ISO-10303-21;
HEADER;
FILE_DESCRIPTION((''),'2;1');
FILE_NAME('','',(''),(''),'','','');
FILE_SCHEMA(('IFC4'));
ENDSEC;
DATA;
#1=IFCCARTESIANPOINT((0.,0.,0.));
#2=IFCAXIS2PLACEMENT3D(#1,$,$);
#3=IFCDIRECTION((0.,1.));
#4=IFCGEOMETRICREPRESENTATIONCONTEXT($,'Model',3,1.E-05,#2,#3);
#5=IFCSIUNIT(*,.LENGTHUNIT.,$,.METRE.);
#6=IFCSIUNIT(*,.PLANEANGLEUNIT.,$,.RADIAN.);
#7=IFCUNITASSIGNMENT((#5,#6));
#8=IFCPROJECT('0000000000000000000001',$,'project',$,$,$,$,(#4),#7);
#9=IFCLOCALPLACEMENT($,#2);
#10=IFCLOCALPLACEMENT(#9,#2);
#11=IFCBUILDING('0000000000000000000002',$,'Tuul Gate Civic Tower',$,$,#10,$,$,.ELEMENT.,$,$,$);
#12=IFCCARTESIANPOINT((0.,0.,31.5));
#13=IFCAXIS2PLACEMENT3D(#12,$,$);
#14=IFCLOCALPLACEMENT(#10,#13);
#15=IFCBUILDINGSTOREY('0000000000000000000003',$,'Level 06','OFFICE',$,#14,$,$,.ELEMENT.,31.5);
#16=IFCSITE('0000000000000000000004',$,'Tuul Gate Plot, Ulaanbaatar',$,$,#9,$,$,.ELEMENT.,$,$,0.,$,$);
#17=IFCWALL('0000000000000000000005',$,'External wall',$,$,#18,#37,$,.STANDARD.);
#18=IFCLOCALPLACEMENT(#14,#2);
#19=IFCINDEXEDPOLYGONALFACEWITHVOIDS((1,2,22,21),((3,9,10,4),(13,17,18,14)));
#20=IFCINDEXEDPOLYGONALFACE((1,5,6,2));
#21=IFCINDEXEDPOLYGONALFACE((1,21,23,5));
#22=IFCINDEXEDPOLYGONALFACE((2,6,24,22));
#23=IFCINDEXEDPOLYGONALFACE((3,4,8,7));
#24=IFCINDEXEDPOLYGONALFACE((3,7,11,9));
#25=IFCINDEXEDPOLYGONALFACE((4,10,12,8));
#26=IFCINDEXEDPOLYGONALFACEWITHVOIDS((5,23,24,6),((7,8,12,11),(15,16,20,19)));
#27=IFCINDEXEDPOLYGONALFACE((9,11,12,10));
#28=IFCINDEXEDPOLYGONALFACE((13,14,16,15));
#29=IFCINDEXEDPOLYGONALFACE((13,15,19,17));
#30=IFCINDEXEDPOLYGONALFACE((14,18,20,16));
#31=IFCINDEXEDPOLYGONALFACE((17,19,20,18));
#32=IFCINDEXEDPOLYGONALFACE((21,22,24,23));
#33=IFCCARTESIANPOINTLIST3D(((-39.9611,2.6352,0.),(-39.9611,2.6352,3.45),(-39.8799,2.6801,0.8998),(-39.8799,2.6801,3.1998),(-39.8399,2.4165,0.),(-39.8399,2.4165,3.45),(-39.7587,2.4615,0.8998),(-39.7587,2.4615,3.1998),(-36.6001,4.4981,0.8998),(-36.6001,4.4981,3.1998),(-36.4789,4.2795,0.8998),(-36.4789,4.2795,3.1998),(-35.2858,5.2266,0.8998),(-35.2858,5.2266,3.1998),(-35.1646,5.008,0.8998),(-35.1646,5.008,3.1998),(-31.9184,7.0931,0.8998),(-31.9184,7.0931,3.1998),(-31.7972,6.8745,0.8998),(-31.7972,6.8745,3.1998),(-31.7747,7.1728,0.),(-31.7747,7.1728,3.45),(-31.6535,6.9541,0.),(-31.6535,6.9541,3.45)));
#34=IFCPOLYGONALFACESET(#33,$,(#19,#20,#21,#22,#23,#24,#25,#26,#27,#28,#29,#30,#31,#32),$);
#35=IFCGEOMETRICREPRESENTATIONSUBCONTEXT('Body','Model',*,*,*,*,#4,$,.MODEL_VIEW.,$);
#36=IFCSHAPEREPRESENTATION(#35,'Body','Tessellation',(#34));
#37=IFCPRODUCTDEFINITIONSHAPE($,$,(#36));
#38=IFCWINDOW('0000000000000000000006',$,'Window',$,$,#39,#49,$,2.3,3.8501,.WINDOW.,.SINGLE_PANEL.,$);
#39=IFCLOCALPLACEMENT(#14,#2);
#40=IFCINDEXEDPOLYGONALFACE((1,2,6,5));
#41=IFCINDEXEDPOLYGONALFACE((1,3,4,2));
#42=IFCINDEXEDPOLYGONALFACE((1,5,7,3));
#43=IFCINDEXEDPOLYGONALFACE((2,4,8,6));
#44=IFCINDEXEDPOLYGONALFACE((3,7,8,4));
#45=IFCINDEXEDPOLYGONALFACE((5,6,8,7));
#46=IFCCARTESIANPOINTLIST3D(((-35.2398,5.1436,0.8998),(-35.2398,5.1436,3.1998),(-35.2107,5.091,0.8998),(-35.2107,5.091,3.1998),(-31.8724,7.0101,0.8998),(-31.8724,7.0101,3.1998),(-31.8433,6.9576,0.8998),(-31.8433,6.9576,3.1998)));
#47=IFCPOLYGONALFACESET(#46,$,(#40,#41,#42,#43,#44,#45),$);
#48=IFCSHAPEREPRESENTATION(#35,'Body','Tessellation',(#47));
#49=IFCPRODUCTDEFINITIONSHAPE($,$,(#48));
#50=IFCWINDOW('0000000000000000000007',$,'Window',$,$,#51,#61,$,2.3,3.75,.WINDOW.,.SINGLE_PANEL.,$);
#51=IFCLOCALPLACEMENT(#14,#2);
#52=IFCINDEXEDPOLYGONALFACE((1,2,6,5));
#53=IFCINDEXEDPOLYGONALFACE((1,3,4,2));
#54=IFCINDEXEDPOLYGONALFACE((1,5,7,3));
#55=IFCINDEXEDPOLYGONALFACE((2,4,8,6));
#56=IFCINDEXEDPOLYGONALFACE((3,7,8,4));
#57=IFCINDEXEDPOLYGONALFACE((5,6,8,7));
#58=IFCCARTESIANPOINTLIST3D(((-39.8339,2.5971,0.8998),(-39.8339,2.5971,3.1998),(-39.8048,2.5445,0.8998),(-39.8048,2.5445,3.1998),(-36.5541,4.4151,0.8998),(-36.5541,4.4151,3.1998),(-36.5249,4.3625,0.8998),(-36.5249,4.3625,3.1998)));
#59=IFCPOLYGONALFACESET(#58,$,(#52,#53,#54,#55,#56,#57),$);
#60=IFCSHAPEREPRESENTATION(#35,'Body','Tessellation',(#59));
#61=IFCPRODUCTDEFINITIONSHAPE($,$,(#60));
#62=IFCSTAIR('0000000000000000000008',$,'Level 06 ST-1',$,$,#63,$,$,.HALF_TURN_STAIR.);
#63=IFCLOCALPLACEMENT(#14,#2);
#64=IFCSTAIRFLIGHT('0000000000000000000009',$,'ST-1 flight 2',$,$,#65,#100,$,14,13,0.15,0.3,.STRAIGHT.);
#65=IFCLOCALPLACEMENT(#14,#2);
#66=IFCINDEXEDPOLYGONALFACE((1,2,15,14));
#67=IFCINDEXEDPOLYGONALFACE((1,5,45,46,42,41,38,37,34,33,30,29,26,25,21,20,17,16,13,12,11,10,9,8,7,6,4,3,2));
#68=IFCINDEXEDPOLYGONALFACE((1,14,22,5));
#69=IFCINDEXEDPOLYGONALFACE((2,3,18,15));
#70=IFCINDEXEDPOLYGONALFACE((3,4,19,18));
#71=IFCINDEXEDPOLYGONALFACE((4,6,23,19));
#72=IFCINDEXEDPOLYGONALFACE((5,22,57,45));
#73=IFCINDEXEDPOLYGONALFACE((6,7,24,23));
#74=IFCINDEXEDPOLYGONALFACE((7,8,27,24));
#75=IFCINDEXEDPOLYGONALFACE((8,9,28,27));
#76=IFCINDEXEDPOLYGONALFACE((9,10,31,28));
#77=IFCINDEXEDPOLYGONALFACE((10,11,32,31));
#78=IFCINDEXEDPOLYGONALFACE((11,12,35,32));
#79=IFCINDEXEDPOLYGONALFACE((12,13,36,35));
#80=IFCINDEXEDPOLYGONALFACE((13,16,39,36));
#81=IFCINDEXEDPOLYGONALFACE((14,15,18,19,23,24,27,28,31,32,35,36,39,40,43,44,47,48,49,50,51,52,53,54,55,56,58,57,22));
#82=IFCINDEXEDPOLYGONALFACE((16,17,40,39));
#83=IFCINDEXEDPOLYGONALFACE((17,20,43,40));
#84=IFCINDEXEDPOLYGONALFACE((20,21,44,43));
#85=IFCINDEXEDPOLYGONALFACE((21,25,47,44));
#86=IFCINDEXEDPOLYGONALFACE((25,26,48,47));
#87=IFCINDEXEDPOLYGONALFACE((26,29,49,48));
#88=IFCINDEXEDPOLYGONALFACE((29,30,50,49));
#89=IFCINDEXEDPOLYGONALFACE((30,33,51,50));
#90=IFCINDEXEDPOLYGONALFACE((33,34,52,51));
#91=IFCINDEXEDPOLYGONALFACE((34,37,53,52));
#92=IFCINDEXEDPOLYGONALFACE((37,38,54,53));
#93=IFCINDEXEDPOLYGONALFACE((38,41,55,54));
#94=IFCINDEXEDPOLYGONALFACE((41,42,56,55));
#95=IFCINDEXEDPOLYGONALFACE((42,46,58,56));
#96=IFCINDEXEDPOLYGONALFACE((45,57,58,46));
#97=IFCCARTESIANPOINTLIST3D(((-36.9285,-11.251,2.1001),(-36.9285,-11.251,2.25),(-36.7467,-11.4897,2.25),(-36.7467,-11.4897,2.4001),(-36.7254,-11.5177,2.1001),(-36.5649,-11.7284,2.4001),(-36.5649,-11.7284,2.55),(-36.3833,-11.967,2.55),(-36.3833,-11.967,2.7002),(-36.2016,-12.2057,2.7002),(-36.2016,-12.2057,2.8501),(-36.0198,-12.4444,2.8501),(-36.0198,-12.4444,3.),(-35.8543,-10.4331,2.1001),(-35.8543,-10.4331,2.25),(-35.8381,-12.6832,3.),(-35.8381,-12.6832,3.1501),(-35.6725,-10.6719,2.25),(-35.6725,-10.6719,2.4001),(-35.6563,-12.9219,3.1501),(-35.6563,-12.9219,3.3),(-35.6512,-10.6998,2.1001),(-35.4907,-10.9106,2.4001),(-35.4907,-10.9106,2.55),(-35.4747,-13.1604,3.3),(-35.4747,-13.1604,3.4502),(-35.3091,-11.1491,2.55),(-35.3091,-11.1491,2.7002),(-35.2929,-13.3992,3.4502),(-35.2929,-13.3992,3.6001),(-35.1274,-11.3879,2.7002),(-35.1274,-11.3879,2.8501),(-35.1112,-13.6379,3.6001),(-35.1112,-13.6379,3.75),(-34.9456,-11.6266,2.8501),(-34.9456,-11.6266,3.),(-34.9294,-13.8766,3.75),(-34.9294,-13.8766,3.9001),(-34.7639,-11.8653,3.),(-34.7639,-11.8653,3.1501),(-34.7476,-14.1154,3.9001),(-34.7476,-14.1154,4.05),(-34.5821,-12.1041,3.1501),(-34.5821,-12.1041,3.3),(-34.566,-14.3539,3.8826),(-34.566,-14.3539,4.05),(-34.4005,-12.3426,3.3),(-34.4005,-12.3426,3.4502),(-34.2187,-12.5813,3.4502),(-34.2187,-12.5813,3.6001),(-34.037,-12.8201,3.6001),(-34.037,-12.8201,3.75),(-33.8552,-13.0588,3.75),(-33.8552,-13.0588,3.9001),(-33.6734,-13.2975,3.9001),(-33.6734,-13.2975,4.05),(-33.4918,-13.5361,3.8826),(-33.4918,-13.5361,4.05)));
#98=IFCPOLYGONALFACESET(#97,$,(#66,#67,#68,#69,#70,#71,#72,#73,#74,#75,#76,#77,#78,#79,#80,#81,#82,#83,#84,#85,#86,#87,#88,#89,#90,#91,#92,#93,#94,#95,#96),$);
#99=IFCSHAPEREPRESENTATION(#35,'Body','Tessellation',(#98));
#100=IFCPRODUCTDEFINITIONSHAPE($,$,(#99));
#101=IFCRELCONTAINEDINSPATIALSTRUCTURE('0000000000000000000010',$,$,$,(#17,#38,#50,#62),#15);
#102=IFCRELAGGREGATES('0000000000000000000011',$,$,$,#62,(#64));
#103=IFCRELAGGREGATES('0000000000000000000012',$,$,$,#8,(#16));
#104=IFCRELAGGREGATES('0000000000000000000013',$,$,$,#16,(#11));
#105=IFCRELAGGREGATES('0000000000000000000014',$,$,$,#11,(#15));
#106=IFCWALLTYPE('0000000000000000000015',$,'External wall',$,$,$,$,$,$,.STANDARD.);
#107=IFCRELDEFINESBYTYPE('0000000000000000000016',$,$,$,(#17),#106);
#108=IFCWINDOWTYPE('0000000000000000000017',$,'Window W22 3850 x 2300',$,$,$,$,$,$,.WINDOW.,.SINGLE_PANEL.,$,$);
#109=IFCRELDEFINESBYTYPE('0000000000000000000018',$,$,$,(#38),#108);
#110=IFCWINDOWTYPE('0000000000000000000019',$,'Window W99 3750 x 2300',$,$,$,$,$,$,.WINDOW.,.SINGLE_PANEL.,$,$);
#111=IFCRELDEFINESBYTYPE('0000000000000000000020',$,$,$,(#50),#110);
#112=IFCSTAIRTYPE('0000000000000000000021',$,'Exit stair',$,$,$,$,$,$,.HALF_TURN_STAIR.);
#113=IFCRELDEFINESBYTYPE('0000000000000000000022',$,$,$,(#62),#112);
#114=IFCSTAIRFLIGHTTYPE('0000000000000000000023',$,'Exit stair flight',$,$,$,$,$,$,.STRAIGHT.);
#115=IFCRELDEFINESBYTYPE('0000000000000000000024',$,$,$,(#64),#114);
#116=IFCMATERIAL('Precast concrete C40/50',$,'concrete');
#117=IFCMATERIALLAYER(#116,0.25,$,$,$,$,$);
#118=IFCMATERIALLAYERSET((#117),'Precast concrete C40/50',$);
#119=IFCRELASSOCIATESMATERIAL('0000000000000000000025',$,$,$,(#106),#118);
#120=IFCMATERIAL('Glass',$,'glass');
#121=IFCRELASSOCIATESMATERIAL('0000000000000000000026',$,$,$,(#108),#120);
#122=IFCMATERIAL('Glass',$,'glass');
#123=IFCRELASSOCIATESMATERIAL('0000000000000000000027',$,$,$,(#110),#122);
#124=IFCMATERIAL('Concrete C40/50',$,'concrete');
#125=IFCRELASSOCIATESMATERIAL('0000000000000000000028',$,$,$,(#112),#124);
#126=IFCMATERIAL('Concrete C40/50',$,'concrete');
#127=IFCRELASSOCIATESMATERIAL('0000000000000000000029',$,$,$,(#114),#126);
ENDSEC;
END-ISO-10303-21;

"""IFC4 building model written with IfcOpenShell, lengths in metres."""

from ifc_helpers import new_model, si_unit, direction, frame, frame_2d, origin, place, context, subcontext, project, spatial, polyline, rectangle, outline, extrude, material, layer, layer_set, type_object, element, fill, aggregate, save


model = new_model("IFC4")

# Units and contexts
model_context = context("Model", 3, precision=1e-05, world=origin(), true_north=direction((0.0, 1.0)))
body_context = subcontext(model_context, "Body", "Model", "MODEL_VIEW")
ifc_project = project(units=[si_unit("LENGTHUNIT", "METRE"), si_unit("PLANEANGLEUNIT", "RADIAN")], contexts=[model_context])

# Site, building, storey
site_placement = place(None, origin())
site = spatial("IfcSite", under=ifc_project, at=site_placement, Name="Tuul Gate Plot, Ulaanbaatar", CompositionType="ELEMENT", RefElevation=0.0)
building_placement = place(site_placement, origin())
building = spatial("IfcBuilding", under=site, at=building_placement, Name="Tuul Gate Civic Tower", CompositionType="ELEMENT")
storey_placement = place(building_placement, frame((0.0, 0.0, 31.5)))
storey = spatial("IfcBuildingStorey", under=building, at=storey_placement, Name="Level 06", Description="OFFICE", CompositionType="ELEMENT", Elevation=31.5)

# Wall, openings, windows
ifc_material_1 = material(Name="Precast concrete C40/50", Category="concrete")
ifc_layer_1 = layer(ifc_material_1, 0.25)
ifc_layer_set_1 = layer_set([ifc_layer_1], Name="Precast concrete C40/50")
wall_type_1 = type_object("IfcWallType", Name="External wall", PredefinedType="STANDARD", material=ifc_layer_set_1)
wall_1_placement = place(storey_placement, frame((-31.7141, 7.0635, 0.0), z_axis=(0.0, 0.0, 1.0), x_axis=(-0.874626, -0.484799, 0.0)))
wall_1 = element("IfcWall", 1, at=wall_1_placement, inside=storey, type_object=wall_type_1, Name="External wall", PredefinedType="STANDARD", context=body_context, shape_type="SweptSolid", body=[
    extrude(rectangle(XDim=9.3599, YDim=0.25, at=frame_2d((4.6799, 0.0))), origin(), (0.0, 0.0, 1.0), 3.45),
])
opening_1_placement = place(wall_1_placement, frame((0.1643, 0.0, 0.8999)))
opening_1 = element("IfcOpeningElement", 2, at=opening_1_placement, cuts=wall_1, PredefinedType="OPENING", context=body_context, shape_type="SweptSolid", body=[
    extrude(rectangle(XDim=3.8501, YDim=2.3, at=frame_2d((1.925, 1.1499))), frame((0.0, 0.135, 0.0), z_axis=(0.0, -1.0, 0.0), x_axis=(1.0, 0.0, 0.0)), (0.0, 0.0, 1.0), 0.27),
])
opening_2_placement = place(wall_1_placement, frame((5.5171, 0.0, 0.8999)))
opening_2 = element("IfcOpeningElement", 3, at=opening_2_placement, cuts=wall_1, PredefinedType="OPENING", context=body_context, shape_type="SweptSolid", body=[
    extrude(rectangle(XDim=3.75, YDim=2.3, at=frame_2d((1.875, 1.1499))), frame((0.0, 0.135, 0.0), z_axis=(0.0, -1.0, 0.0), x_axis=(1.0, 0.0, 0.0)), (0.0, 0.0, 1.0), 0.27),
])
ifc_material_2 = material(Name="Glass", Category="glass")
window_type_1 = type_object("IfcWindowType", Name="Window W22 3850 x 2300", PartitioningType="SINGLE_PANEL", PredefinedType="WINDOW", material=ifc_material_2)
window_1_placement = place(opening_1_placement, origin())
window_1 = element("IfcWindow", 4, at=window_1_placement, inside=storey, type_object=window_type_1, Name="Window", OverallHeight=2.3, OverallWidth=3.8501, PartitioningType="SINGLE_PANEL", PredefinedType="WINDOW", context=body_context, shape_type="SweptSolid", body=[
    extrude(rectangle(XDim=3.8501, YDim=2.3, at=frame_2d((1.925, 1.1499))), frame((0.0, 0.03, 0.0), z_axis=(0.0, -1.0, 0.0), x_axis=(1.0, 0.0, 0.0)), (0.0, 0.0, 1.0), 0.0601),
])
fill(opening_1, window_1)
ifc_material_3 = material(Name="Glass", Category="glass")
window_type_2 = type_object("IfcWindowType", Name="Window W99 3750 x 2300", PartitioningType="SINGLE_PANEL", PredefinedType="WINDOW", material=ifc_material_3)
window_2_placement = place(opening_2_placement, origin())
window_2 = element("IfcWindow", 5, at=window_2_placement, inside=storey, type_object=window_type_2, Name="Window", OverallHeight=2.3, OverallWidth=3.75, PartitioningType="SINGLE_PANEL", PredefinedType="WINDOW", context=body_context, shape_type="SweptSolid", body=[
    extrude(rectangle(XDim=3.75, YDim=2.3, at=frame_2d((1.875, 1.1499))), frame((0.0, 0.03, 0.0), z_axis=(0.0, -1.0, 0.0), x_axis=(1.0, 0.0, 0.0)), (0.0, 0.0, 1.0), 0.0601),
])
fill(opening_2, window_2)

# Stair, stair flight
ifc_material_4 = material(Name="Concrete C40/50", Category="concrete")
stair_type = type_object("IfcStairType", Name="Exit stair", PredefinedType="HALF_TURN_STAIR", material=ifc_material_4)
stair_placement = place(storey_placement, origin())
stair = element("IfcStair", 6, at=stair_placement, inside=storey, type_object=stair_type, Name="Level 06 ST-1", PredefinedType="HALF_TURN_STAIR")
ifc_material_5 = material(Name="Concrete C40/50", Category="concrete")
stair_flight_type = type_object("IfcStairFlightType", Name="Exit stair flight", PredefinedType="STRAIGHT", material=ifc_material_5)
stair_flight_placement = place(storey_placement, frame((-36.3914, -10.842, 2.1001), z_axis=(0.0, 0.0, 1.0), x_axis=(0.605764, -0.795644, 0.0)))
stair_flight = element("IfcStairFlight", 7, at=stair_flight_placement, type_object=stair_flight_type, Name="ST-1 flight 2", NumberOfRisers=14, NumberOfTreads=13, PredefinedType="STRAIGHT", RiserHeight=0.15, TreadLength=0.3, context=body_context, shape_type="SweptSolid", body=[
    extrude(outline(polyline([(0.0, 0.0), (0.0, 0.1499), (0.3, 0.1499), (0.3, 0.3), (0.6001, 0.3), (0.6001, 0.45), (0.8999, 0.45), (0.8999, 0.6001), (1.2, 0.6001), (1.2, 0.75), (1.5, 0.75), (1.5, 0.8999), (1.8, 0.8999), (1.8, 1.05), (2.1001, 1.05), (2.1001, 1.2), (2.3999, 1.2), (2.3999, 1.3501), (2.7, 1.3501), (2.7, 1.5), (3.0, 1.5), (3.0, 1.6499), (3.3, 1.6499), (3.3, 1.8), (3.6001, 1.8), (3.6001, 1.95), (3.8999, 1.95), (3.8999, 2.1001), (3.8999, 1.7825), (0.3352, 0.0), (0.0, 0.0)])), frame((0.0, 0.675, 0.0), z_axis=(0.0, -1.0, 0.0), x_axis=(1.0, 0.0, 0.0)), (0.0, 0.0, 1.0), 1.3501),
])
aggregate(stair, [stair_flight])

save(model, "model.ifc")
